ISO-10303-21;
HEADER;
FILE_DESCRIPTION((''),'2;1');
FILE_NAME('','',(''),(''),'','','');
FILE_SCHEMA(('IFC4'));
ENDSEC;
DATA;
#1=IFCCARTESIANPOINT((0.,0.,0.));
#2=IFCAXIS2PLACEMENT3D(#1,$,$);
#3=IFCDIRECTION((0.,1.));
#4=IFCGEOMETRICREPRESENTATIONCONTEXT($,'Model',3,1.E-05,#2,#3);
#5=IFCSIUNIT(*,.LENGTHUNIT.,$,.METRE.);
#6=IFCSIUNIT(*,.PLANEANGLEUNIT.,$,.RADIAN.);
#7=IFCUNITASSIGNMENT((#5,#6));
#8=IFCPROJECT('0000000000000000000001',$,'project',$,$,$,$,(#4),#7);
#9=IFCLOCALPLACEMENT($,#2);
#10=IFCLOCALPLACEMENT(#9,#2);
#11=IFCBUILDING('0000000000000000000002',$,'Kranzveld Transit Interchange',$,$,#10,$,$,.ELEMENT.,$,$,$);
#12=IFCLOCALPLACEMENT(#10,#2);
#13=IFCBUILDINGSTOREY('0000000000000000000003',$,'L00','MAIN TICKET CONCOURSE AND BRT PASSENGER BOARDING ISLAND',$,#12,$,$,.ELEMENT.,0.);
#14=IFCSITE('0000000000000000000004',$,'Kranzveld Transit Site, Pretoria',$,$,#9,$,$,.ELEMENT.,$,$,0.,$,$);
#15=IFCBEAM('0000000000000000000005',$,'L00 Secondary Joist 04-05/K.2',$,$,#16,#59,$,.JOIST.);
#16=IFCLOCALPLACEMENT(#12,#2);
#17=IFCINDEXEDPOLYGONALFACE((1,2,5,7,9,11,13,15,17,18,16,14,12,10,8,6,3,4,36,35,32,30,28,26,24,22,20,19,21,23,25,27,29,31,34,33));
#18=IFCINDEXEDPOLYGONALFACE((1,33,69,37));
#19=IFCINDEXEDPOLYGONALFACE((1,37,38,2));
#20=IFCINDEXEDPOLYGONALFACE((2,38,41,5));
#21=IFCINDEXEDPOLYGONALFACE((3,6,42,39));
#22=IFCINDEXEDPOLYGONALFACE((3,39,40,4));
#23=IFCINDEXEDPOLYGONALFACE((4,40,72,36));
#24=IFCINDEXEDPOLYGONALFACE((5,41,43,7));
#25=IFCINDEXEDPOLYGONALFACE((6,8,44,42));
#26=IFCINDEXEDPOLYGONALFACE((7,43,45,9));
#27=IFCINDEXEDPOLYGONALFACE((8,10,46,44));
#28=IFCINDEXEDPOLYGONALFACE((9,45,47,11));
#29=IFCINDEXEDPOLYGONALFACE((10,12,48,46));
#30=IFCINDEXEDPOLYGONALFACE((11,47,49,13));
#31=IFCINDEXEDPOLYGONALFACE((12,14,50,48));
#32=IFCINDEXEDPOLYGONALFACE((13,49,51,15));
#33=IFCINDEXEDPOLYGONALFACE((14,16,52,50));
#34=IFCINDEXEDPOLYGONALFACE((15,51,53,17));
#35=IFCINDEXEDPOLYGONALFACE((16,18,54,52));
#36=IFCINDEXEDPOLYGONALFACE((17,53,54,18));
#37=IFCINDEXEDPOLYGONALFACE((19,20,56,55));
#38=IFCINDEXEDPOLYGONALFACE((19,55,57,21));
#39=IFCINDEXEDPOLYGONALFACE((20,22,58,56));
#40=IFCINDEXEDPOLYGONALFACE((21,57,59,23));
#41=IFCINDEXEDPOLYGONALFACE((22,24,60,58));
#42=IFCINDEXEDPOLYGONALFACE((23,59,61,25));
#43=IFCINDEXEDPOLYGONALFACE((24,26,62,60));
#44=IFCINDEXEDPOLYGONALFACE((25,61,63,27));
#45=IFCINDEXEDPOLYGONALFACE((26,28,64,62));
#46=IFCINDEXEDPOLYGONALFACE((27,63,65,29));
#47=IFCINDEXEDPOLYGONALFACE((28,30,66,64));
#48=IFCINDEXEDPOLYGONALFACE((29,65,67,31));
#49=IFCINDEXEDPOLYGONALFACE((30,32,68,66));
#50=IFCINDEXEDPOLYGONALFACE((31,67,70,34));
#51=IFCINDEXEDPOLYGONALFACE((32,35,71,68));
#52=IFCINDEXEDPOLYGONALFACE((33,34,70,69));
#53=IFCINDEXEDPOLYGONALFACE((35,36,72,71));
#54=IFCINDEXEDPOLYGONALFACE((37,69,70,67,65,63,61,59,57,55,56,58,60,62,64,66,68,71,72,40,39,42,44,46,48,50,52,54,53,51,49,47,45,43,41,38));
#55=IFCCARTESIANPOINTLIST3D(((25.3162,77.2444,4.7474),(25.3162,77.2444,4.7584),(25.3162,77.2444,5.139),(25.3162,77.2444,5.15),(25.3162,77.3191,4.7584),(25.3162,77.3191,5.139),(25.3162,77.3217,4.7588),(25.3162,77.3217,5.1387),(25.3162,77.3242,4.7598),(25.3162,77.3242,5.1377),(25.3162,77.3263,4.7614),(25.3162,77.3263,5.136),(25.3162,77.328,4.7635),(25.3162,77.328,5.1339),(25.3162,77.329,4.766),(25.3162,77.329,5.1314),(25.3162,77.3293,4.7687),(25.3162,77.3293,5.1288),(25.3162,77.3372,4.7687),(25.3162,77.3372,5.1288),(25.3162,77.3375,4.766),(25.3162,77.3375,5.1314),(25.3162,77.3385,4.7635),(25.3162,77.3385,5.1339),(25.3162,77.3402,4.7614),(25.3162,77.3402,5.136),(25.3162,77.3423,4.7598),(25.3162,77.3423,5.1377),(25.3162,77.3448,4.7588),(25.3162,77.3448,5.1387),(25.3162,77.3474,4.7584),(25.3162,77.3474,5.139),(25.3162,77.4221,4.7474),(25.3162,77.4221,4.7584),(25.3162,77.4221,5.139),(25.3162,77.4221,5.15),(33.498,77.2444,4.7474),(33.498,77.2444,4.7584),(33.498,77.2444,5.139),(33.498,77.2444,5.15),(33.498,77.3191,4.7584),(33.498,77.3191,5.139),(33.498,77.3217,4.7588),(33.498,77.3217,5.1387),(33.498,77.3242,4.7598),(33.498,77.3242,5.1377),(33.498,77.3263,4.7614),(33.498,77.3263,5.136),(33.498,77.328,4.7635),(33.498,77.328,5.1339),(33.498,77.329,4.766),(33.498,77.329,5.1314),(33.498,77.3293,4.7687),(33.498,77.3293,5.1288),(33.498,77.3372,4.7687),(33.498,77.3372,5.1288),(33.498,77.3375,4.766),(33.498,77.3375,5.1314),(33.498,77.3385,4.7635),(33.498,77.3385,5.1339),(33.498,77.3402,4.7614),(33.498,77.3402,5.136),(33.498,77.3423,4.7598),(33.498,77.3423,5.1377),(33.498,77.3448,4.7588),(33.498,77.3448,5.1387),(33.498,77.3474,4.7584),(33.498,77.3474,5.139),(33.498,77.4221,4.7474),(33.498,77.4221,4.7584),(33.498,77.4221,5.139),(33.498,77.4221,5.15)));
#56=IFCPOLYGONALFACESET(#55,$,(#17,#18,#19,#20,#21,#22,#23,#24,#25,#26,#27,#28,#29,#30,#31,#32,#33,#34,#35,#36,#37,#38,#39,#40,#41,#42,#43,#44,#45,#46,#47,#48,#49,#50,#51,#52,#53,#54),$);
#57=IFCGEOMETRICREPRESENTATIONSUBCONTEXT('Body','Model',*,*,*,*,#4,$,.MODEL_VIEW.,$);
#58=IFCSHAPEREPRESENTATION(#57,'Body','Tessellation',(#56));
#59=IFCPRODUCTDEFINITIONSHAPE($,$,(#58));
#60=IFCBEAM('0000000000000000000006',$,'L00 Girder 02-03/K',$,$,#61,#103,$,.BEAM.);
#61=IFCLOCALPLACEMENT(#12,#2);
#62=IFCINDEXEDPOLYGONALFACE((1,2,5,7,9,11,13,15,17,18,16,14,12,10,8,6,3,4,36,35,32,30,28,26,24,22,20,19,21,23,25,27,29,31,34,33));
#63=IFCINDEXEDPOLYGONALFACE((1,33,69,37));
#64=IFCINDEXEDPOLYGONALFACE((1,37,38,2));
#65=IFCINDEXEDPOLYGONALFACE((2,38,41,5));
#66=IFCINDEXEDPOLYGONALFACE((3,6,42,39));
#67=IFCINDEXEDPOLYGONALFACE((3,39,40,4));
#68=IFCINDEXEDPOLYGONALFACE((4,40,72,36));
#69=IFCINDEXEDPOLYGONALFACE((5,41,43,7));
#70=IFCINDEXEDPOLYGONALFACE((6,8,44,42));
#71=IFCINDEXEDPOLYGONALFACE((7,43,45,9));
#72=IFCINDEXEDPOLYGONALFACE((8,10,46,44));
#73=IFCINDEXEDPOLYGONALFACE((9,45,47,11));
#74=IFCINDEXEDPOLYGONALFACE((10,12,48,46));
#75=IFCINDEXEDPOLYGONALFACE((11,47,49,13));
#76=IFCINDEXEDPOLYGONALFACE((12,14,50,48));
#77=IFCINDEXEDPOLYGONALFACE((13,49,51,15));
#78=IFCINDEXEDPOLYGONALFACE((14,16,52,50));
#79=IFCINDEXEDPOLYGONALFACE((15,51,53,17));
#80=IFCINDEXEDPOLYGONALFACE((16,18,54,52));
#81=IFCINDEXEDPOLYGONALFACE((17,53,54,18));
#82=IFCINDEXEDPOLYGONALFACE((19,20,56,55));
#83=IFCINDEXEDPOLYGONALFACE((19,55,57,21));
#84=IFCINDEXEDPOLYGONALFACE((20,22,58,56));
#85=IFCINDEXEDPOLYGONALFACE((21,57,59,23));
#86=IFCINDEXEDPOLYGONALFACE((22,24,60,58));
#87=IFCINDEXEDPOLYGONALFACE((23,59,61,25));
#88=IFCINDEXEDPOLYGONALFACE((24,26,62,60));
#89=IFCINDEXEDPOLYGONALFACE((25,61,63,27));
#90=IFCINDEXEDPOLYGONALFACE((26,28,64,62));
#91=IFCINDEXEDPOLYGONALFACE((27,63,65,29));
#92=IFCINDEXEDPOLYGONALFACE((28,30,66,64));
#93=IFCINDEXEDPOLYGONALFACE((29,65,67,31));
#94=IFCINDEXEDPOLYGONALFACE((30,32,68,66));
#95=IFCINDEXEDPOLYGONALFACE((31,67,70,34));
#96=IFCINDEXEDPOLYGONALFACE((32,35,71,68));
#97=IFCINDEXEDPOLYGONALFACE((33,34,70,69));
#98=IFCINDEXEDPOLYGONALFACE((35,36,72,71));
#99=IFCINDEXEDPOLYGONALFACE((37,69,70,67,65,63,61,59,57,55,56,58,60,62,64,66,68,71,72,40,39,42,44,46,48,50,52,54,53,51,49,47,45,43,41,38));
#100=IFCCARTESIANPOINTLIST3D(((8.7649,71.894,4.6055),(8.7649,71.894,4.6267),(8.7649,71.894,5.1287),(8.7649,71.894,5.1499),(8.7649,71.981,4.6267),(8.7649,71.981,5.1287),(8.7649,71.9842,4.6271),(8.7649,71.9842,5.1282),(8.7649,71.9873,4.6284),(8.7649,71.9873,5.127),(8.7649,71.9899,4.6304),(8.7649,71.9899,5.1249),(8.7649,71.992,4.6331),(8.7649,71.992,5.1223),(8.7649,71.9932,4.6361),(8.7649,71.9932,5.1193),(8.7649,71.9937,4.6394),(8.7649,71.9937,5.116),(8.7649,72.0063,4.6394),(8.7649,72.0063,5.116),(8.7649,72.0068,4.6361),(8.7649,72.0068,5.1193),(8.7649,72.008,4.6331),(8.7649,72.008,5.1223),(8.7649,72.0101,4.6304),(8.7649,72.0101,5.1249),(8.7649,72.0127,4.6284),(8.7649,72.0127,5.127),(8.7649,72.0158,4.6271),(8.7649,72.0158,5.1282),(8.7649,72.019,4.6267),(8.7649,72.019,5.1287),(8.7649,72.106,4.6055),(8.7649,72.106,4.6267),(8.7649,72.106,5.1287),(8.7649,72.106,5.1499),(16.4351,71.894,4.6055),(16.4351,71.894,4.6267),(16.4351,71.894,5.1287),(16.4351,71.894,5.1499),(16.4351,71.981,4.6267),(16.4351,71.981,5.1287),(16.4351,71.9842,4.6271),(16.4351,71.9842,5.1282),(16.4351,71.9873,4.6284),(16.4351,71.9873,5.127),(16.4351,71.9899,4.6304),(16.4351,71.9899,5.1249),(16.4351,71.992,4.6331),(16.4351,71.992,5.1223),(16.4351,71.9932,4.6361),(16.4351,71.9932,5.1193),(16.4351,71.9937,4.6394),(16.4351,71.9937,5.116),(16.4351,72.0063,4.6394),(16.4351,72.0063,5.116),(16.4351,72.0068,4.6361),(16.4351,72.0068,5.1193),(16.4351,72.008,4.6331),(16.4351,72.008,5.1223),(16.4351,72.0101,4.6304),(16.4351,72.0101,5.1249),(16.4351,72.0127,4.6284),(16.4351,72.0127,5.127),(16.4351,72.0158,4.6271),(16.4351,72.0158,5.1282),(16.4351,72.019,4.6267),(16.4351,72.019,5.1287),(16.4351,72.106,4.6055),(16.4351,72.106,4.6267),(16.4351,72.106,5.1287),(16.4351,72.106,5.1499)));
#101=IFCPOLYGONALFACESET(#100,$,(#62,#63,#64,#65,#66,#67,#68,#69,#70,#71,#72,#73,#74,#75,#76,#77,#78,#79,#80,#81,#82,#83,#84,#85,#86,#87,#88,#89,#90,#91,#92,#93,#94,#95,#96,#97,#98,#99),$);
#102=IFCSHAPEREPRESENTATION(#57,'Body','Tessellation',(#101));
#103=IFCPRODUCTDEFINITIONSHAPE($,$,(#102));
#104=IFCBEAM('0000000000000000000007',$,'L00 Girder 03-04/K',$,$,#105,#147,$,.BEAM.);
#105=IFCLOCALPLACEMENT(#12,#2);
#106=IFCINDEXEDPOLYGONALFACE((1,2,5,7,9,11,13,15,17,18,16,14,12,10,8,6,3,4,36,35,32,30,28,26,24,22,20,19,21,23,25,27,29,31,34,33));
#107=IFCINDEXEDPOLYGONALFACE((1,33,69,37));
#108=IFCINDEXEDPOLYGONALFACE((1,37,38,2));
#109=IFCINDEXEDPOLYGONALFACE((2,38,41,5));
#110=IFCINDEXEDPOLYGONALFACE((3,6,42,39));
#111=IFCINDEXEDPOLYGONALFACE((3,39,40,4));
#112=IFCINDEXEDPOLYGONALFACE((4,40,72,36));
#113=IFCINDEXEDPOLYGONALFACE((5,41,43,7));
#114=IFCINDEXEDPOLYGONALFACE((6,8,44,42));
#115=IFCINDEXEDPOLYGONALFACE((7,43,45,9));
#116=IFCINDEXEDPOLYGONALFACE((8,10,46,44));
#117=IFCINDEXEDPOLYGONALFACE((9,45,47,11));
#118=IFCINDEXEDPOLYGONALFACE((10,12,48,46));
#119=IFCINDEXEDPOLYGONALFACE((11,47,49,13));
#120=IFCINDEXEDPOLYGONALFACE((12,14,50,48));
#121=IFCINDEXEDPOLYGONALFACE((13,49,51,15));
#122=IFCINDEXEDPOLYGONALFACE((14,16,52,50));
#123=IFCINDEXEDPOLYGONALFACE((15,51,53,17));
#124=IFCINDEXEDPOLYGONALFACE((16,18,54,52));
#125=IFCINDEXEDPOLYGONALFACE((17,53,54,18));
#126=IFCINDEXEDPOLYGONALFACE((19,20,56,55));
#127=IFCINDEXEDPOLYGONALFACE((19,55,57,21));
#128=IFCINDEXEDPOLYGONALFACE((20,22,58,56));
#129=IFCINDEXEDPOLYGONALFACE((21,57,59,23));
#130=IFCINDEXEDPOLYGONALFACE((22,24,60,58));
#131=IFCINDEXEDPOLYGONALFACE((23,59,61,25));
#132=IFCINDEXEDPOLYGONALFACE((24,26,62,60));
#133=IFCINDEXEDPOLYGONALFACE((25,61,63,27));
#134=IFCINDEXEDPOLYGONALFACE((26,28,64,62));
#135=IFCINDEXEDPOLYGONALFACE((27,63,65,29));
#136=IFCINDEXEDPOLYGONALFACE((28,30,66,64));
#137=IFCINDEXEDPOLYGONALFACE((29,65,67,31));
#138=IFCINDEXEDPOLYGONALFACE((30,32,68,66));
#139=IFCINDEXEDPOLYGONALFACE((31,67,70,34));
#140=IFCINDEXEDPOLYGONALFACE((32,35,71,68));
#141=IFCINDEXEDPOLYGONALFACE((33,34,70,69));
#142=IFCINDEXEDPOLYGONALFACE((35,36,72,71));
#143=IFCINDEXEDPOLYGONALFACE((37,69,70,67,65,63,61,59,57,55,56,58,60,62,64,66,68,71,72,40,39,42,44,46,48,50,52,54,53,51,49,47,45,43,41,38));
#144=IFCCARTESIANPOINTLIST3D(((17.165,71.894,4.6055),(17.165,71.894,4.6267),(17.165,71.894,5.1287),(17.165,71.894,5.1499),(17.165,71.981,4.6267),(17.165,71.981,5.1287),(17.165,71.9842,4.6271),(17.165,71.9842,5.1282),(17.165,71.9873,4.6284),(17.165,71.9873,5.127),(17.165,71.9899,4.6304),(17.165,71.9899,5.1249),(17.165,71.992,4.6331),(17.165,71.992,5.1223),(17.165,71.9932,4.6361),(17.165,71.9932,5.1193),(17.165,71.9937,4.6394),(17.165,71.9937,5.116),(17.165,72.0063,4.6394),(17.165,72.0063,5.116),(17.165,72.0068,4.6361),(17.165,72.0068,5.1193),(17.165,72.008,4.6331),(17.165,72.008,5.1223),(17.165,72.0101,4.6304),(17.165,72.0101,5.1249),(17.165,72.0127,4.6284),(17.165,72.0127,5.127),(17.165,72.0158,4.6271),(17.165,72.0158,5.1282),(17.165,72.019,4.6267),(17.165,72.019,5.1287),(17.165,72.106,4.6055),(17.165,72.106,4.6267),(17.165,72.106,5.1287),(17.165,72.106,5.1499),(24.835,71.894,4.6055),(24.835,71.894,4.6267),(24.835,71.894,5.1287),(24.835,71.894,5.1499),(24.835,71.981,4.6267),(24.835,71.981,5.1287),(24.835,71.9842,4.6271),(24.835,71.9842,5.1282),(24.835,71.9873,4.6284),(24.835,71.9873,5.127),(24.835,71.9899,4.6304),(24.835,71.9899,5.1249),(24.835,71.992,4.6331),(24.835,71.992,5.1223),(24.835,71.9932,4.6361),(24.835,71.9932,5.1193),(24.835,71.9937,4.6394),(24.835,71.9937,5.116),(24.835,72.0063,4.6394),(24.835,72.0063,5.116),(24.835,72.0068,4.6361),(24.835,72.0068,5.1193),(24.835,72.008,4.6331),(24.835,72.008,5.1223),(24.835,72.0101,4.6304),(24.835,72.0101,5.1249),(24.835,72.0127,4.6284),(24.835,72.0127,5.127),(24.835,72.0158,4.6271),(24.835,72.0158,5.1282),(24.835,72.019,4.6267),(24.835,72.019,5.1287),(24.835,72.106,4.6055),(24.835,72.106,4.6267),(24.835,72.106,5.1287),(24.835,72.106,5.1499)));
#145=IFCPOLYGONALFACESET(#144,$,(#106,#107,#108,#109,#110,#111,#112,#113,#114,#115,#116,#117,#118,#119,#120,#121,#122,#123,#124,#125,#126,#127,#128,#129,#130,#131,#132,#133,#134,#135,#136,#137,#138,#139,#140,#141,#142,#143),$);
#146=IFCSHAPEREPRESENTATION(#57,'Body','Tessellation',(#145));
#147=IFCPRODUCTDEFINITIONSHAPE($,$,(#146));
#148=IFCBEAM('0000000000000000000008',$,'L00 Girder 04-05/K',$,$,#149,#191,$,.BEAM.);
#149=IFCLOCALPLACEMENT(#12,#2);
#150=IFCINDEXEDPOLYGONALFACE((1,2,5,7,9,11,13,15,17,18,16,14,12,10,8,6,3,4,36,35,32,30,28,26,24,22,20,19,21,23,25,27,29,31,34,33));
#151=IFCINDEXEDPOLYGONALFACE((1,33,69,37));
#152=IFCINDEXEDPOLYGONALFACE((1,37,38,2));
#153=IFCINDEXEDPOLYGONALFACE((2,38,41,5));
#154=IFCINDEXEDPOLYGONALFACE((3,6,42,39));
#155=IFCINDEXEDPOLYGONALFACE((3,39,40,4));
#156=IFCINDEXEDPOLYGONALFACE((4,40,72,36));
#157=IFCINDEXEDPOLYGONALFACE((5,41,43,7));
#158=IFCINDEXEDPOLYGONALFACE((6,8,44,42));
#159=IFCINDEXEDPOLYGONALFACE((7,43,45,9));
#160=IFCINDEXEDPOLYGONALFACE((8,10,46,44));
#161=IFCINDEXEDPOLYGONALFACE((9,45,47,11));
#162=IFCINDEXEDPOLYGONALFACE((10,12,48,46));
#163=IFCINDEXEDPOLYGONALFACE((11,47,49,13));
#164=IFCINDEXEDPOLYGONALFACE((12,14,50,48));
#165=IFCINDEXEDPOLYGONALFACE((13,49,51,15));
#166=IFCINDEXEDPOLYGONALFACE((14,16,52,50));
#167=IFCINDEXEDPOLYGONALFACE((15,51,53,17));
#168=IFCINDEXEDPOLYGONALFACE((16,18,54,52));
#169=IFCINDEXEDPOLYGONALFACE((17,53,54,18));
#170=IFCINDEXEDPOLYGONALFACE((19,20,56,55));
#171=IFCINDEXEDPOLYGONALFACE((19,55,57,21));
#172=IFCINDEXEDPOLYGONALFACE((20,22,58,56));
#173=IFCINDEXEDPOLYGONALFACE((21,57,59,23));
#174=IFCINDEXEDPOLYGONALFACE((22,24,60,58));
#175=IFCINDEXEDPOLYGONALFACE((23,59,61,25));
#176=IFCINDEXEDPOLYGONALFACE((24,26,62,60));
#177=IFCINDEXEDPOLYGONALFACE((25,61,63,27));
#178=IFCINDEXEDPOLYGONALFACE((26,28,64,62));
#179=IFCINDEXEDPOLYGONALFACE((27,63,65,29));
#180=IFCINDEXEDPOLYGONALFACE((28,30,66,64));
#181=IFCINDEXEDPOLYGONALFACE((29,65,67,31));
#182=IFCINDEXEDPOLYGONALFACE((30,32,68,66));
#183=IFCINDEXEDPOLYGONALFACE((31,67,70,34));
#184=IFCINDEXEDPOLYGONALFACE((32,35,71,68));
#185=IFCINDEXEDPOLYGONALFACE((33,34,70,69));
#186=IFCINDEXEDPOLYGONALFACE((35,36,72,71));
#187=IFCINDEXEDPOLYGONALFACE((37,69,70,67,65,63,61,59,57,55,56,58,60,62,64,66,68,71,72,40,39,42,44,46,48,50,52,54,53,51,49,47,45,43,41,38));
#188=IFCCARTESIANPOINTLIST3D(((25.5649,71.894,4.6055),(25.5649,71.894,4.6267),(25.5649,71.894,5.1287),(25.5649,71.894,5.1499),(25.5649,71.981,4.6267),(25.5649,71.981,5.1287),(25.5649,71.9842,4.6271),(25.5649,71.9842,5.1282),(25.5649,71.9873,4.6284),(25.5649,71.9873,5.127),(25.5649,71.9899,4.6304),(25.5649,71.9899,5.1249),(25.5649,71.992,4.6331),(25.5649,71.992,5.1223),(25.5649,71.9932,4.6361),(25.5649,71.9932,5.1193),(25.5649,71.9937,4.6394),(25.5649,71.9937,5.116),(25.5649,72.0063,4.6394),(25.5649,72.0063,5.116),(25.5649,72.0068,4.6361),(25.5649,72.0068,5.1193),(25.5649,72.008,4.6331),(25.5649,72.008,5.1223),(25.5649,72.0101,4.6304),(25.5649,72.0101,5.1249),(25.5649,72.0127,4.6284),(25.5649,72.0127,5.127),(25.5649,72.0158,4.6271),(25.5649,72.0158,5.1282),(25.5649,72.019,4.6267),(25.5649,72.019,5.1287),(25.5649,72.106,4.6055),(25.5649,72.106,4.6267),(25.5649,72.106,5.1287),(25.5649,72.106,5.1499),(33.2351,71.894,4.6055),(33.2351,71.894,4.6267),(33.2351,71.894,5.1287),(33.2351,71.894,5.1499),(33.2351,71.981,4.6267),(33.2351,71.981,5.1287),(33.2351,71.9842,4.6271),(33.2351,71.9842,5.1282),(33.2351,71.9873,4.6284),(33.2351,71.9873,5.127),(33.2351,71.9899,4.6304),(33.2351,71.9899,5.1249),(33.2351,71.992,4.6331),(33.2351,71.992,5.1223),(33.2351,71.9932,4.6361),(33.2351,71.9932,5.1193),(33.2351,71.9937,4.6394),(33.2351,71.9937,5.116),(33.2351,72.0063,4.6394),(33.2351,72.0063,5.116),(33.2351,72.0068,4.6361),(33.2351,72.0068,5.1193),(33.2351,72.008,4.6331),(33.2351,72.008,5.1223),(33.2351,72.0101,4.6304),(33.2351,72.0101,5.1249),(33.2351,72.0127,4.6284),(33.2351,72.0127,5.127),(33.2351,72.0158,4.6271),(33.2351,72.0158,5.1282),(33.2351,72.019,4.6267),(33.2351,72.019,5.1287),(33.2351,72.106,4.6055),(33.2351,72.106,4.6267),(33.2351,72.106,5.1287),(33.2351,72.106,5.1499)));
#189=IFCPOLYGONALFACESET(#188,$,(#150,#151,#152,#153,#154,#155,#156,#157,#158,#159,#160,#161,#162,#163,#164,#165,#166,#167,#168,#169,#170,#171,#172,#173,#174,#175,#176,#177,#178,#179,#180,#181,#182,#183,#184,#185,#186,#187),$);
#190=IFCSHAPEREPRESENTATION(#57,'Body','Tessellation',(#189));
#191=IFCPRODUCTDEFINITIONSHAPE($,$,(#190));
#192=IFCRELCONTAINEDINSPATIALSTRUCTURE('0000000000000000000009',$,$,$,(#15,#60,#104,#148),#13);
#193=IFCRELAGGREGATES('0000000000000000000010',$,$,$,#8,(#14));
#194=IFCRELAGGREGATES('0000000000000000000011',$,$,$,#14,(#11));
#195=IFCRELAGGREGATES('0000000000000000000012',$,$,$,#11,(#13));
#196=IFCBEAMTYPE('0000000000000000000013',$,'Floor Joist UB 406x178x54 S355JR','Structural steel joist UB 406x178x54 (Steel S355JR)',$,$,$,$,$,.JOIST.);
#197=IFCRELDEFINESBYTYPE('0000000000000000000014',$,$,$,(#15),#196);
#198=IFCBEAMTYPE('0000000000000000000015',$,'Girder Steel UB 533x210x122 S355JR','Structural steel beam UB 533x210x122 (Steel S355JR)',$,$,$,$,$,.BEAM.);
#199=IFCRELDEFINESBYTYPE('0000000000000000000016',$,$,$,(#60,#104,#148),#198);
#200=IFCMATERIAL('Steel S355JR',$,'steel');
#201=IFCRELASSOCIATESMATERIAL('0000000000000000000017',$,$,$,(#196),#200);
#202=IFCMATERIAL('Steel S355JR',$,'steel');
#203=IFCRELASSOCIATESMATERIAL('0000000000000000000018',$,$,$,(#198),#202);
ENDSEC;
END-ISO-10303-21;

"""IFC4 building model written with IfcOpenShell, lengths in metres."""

from ifc_helpers import new_model, si_unit, direction, frame, origin, origin_2d, place, context, subcontext, project, spatial, i_section, extrude, material, material_profile, profile_set, type_object, element, save


model = new_model("IFC4")

# Units and contexts
model_context = context("Model", 3, precision=1e-05, world=origin(), true_north=direction((0.0, 1.0)))
body_context = subcontext(model_context, "Body", "Model", "MODEL_VIEW")
ifc_project = project(units=[si_unit("LENGTHUNIT", "METRE"), si_unit("PLANEANGLEUNIT", "RADIAN")], contexts=[model_context])

# Site, building, storey
site_placement = place(None, origin())
site = spatial("IfcSite", under=ifc_project, at=site_placement, Name="Kranzveld Transit Site, Pretoria", CompositionType="ELEMENT", RefElevation=0.0)
building_placement = place(site_placement, origin())
building = spatial("IfcBuilding", under=site, at=building_placement, Name="Kranzveld Transit Interchange", CompositionType="ELEMENT")
storey_placement = place(building_placement, origin())
storey = spatial("IfcBuildingStorey", under=building, at=storey_placement, Name="L00", Description="MAIN TICKET CONCOURSE AND BRT PASSENGER BOARDING ISLAND", CompositionType="ELEMENT", Elevation=0.0)

# Beams
ifc_material_1 = material(Name="Steel S355JR", Category="steel")
ifc_material_profile_1 = material_profile(ifc_material_1, i_section(OverallWidth=0.1777, OverallDepth=0.4026, WebThickness=0.0078, FlangeThickness=0.011, FilletRadius=0.0103, at=origin_2d()), Name="UB 406x178x54")
ifc_profile_set_1 = profile_set([ifc_material_profile_1], Name="Steel S355JR")
beam_type_1 = type_object("IfcBeamType", Name="Floor Joist UB 406x178x54 S355JR", Description="Structural steel joist UB 406x178x54 (Steel S355JR)", PredefinedType="JOIST", material=ifc_profile_set_1)
for number, where, z_axis, x_axis, name in (
    (1, (25.3162, 77.3333, 4.9487), (1.0, 0.0, 0.0), (0.0, 1.0, 0.0), "L00 Secondary Joist 04-05/K.2"),
):
    element("IfcBeam", number, at=place(storey_placement, frame(where, z_axis=z_axis, x_axis=x_axis)), inside=storey, type_object=beam_type_1, Name=name, PredefinedType="JOIST", context=body_context, shape_type="SweptSolid", body=[
        extrude(i_section(OverallWidth=0.1777, OverallDepth=0.4026, WebThickness=0.0078, FlangeThickness=0.011, FilletRadius=0.0103, at=origin_2d()), origin(), (0.0, 0.0, 1.0), 8.1819),
    ])
ifc_material_2 = material(Name="Steel S355JR", Category="steel")
ifc_material_profile_2 = material_profile(ifc_material_2, i_section(OverallWidth=0.2119, OverallDepth=0.5444, WebThickness=0.0127, FlangeThickness=0.0212, FilletRadius=0.0127, at=origin_2d()), Name="UB 533x210x122")
ifc_profile_set_2 = profile_set([ifc_material_profile_2], Name="Steel S355JR")
beam_type_2 = type_object("IfcBeamType", Name="Girder Steel UB 533x210x122 S355JR", Description="Structural steel beam UB 533x210x122 (Steel S355JR)", PredefinedType="BEAM", material=ifc_profile_set_2)
beam_1_placement = place(storey_placement, frame((8.7649, 72.0, 4.8777), z_axis=(1.0, 0.0, 0.0), x_axis=(0.0, 1.0, 0.0)))
element("IfcBeam", 2, at=beam_1_placement, inside=storey, type_object=beam_type_2, Name="L00 Girder 02-03/K", PredefinedType="BEAM", context=body_context, shape_type="SweptSolid", body=[
    extrude(i_section(OverallWidth=0.2119, OverallDepth=0.5444, WebThickness=0.0127, FlangeThickness=0.0212, FilletRadius=0.0127, at=origin_2d()), origin(), (0.0, 0.0, 1.0), 7.6702),
])
beam_2_placement = place(storey_placement, frame((17.165, 72.0, 4.8777), z_axis=(1.0, 0.0, 0.0), x_axis=(0.0, 1.0, 0.0)))
element("IfcBeam", 3, at=beam_2_placement, inside=storey, type_object=beam_type_2, Name="L00 Girder 03-04/K", PredefinedType="BEAM", context=body_context, shape_type="SweptSolid", body=[
    extrude(i_section(OverallWidth=0.2119, OverallDepth=0.5444, WebThickness=0.0127, FlangeThickness=0.0212, FilletRadius=0.0127, at=origin_2d()), origin(), (0.0, 0.0, 1.0), 7.6699),
])
for number, where, z_axis, x_axis, name in (
    (4, (25.5649, 72.0, 4.8777), (1.0, 0.0, 0.0), (0.0, 1.0, 0.0), "L00 Girder 04-05/K"),
):
    element("IfcBeam", number, at=place(storey_placement, frame(where, z_axis=z_axis, x_axis=x_axis)), inside=storey, type_object=beam_type_2, Name=name, PredefinedType="BEAM", context=body_context, shape_type="SweptSolid", body=[
        extrude(i_section(OverallWidth=0.2119, OverallDepth=0.5444, WebThickness=0.0127, FlangeThickness=0.0212, FilletRadius=0.0127, at=origin_2d()), origin(), (0.0, 0.0, 1.0), 7.6702),
    ])

save(model, "model.ifc")
